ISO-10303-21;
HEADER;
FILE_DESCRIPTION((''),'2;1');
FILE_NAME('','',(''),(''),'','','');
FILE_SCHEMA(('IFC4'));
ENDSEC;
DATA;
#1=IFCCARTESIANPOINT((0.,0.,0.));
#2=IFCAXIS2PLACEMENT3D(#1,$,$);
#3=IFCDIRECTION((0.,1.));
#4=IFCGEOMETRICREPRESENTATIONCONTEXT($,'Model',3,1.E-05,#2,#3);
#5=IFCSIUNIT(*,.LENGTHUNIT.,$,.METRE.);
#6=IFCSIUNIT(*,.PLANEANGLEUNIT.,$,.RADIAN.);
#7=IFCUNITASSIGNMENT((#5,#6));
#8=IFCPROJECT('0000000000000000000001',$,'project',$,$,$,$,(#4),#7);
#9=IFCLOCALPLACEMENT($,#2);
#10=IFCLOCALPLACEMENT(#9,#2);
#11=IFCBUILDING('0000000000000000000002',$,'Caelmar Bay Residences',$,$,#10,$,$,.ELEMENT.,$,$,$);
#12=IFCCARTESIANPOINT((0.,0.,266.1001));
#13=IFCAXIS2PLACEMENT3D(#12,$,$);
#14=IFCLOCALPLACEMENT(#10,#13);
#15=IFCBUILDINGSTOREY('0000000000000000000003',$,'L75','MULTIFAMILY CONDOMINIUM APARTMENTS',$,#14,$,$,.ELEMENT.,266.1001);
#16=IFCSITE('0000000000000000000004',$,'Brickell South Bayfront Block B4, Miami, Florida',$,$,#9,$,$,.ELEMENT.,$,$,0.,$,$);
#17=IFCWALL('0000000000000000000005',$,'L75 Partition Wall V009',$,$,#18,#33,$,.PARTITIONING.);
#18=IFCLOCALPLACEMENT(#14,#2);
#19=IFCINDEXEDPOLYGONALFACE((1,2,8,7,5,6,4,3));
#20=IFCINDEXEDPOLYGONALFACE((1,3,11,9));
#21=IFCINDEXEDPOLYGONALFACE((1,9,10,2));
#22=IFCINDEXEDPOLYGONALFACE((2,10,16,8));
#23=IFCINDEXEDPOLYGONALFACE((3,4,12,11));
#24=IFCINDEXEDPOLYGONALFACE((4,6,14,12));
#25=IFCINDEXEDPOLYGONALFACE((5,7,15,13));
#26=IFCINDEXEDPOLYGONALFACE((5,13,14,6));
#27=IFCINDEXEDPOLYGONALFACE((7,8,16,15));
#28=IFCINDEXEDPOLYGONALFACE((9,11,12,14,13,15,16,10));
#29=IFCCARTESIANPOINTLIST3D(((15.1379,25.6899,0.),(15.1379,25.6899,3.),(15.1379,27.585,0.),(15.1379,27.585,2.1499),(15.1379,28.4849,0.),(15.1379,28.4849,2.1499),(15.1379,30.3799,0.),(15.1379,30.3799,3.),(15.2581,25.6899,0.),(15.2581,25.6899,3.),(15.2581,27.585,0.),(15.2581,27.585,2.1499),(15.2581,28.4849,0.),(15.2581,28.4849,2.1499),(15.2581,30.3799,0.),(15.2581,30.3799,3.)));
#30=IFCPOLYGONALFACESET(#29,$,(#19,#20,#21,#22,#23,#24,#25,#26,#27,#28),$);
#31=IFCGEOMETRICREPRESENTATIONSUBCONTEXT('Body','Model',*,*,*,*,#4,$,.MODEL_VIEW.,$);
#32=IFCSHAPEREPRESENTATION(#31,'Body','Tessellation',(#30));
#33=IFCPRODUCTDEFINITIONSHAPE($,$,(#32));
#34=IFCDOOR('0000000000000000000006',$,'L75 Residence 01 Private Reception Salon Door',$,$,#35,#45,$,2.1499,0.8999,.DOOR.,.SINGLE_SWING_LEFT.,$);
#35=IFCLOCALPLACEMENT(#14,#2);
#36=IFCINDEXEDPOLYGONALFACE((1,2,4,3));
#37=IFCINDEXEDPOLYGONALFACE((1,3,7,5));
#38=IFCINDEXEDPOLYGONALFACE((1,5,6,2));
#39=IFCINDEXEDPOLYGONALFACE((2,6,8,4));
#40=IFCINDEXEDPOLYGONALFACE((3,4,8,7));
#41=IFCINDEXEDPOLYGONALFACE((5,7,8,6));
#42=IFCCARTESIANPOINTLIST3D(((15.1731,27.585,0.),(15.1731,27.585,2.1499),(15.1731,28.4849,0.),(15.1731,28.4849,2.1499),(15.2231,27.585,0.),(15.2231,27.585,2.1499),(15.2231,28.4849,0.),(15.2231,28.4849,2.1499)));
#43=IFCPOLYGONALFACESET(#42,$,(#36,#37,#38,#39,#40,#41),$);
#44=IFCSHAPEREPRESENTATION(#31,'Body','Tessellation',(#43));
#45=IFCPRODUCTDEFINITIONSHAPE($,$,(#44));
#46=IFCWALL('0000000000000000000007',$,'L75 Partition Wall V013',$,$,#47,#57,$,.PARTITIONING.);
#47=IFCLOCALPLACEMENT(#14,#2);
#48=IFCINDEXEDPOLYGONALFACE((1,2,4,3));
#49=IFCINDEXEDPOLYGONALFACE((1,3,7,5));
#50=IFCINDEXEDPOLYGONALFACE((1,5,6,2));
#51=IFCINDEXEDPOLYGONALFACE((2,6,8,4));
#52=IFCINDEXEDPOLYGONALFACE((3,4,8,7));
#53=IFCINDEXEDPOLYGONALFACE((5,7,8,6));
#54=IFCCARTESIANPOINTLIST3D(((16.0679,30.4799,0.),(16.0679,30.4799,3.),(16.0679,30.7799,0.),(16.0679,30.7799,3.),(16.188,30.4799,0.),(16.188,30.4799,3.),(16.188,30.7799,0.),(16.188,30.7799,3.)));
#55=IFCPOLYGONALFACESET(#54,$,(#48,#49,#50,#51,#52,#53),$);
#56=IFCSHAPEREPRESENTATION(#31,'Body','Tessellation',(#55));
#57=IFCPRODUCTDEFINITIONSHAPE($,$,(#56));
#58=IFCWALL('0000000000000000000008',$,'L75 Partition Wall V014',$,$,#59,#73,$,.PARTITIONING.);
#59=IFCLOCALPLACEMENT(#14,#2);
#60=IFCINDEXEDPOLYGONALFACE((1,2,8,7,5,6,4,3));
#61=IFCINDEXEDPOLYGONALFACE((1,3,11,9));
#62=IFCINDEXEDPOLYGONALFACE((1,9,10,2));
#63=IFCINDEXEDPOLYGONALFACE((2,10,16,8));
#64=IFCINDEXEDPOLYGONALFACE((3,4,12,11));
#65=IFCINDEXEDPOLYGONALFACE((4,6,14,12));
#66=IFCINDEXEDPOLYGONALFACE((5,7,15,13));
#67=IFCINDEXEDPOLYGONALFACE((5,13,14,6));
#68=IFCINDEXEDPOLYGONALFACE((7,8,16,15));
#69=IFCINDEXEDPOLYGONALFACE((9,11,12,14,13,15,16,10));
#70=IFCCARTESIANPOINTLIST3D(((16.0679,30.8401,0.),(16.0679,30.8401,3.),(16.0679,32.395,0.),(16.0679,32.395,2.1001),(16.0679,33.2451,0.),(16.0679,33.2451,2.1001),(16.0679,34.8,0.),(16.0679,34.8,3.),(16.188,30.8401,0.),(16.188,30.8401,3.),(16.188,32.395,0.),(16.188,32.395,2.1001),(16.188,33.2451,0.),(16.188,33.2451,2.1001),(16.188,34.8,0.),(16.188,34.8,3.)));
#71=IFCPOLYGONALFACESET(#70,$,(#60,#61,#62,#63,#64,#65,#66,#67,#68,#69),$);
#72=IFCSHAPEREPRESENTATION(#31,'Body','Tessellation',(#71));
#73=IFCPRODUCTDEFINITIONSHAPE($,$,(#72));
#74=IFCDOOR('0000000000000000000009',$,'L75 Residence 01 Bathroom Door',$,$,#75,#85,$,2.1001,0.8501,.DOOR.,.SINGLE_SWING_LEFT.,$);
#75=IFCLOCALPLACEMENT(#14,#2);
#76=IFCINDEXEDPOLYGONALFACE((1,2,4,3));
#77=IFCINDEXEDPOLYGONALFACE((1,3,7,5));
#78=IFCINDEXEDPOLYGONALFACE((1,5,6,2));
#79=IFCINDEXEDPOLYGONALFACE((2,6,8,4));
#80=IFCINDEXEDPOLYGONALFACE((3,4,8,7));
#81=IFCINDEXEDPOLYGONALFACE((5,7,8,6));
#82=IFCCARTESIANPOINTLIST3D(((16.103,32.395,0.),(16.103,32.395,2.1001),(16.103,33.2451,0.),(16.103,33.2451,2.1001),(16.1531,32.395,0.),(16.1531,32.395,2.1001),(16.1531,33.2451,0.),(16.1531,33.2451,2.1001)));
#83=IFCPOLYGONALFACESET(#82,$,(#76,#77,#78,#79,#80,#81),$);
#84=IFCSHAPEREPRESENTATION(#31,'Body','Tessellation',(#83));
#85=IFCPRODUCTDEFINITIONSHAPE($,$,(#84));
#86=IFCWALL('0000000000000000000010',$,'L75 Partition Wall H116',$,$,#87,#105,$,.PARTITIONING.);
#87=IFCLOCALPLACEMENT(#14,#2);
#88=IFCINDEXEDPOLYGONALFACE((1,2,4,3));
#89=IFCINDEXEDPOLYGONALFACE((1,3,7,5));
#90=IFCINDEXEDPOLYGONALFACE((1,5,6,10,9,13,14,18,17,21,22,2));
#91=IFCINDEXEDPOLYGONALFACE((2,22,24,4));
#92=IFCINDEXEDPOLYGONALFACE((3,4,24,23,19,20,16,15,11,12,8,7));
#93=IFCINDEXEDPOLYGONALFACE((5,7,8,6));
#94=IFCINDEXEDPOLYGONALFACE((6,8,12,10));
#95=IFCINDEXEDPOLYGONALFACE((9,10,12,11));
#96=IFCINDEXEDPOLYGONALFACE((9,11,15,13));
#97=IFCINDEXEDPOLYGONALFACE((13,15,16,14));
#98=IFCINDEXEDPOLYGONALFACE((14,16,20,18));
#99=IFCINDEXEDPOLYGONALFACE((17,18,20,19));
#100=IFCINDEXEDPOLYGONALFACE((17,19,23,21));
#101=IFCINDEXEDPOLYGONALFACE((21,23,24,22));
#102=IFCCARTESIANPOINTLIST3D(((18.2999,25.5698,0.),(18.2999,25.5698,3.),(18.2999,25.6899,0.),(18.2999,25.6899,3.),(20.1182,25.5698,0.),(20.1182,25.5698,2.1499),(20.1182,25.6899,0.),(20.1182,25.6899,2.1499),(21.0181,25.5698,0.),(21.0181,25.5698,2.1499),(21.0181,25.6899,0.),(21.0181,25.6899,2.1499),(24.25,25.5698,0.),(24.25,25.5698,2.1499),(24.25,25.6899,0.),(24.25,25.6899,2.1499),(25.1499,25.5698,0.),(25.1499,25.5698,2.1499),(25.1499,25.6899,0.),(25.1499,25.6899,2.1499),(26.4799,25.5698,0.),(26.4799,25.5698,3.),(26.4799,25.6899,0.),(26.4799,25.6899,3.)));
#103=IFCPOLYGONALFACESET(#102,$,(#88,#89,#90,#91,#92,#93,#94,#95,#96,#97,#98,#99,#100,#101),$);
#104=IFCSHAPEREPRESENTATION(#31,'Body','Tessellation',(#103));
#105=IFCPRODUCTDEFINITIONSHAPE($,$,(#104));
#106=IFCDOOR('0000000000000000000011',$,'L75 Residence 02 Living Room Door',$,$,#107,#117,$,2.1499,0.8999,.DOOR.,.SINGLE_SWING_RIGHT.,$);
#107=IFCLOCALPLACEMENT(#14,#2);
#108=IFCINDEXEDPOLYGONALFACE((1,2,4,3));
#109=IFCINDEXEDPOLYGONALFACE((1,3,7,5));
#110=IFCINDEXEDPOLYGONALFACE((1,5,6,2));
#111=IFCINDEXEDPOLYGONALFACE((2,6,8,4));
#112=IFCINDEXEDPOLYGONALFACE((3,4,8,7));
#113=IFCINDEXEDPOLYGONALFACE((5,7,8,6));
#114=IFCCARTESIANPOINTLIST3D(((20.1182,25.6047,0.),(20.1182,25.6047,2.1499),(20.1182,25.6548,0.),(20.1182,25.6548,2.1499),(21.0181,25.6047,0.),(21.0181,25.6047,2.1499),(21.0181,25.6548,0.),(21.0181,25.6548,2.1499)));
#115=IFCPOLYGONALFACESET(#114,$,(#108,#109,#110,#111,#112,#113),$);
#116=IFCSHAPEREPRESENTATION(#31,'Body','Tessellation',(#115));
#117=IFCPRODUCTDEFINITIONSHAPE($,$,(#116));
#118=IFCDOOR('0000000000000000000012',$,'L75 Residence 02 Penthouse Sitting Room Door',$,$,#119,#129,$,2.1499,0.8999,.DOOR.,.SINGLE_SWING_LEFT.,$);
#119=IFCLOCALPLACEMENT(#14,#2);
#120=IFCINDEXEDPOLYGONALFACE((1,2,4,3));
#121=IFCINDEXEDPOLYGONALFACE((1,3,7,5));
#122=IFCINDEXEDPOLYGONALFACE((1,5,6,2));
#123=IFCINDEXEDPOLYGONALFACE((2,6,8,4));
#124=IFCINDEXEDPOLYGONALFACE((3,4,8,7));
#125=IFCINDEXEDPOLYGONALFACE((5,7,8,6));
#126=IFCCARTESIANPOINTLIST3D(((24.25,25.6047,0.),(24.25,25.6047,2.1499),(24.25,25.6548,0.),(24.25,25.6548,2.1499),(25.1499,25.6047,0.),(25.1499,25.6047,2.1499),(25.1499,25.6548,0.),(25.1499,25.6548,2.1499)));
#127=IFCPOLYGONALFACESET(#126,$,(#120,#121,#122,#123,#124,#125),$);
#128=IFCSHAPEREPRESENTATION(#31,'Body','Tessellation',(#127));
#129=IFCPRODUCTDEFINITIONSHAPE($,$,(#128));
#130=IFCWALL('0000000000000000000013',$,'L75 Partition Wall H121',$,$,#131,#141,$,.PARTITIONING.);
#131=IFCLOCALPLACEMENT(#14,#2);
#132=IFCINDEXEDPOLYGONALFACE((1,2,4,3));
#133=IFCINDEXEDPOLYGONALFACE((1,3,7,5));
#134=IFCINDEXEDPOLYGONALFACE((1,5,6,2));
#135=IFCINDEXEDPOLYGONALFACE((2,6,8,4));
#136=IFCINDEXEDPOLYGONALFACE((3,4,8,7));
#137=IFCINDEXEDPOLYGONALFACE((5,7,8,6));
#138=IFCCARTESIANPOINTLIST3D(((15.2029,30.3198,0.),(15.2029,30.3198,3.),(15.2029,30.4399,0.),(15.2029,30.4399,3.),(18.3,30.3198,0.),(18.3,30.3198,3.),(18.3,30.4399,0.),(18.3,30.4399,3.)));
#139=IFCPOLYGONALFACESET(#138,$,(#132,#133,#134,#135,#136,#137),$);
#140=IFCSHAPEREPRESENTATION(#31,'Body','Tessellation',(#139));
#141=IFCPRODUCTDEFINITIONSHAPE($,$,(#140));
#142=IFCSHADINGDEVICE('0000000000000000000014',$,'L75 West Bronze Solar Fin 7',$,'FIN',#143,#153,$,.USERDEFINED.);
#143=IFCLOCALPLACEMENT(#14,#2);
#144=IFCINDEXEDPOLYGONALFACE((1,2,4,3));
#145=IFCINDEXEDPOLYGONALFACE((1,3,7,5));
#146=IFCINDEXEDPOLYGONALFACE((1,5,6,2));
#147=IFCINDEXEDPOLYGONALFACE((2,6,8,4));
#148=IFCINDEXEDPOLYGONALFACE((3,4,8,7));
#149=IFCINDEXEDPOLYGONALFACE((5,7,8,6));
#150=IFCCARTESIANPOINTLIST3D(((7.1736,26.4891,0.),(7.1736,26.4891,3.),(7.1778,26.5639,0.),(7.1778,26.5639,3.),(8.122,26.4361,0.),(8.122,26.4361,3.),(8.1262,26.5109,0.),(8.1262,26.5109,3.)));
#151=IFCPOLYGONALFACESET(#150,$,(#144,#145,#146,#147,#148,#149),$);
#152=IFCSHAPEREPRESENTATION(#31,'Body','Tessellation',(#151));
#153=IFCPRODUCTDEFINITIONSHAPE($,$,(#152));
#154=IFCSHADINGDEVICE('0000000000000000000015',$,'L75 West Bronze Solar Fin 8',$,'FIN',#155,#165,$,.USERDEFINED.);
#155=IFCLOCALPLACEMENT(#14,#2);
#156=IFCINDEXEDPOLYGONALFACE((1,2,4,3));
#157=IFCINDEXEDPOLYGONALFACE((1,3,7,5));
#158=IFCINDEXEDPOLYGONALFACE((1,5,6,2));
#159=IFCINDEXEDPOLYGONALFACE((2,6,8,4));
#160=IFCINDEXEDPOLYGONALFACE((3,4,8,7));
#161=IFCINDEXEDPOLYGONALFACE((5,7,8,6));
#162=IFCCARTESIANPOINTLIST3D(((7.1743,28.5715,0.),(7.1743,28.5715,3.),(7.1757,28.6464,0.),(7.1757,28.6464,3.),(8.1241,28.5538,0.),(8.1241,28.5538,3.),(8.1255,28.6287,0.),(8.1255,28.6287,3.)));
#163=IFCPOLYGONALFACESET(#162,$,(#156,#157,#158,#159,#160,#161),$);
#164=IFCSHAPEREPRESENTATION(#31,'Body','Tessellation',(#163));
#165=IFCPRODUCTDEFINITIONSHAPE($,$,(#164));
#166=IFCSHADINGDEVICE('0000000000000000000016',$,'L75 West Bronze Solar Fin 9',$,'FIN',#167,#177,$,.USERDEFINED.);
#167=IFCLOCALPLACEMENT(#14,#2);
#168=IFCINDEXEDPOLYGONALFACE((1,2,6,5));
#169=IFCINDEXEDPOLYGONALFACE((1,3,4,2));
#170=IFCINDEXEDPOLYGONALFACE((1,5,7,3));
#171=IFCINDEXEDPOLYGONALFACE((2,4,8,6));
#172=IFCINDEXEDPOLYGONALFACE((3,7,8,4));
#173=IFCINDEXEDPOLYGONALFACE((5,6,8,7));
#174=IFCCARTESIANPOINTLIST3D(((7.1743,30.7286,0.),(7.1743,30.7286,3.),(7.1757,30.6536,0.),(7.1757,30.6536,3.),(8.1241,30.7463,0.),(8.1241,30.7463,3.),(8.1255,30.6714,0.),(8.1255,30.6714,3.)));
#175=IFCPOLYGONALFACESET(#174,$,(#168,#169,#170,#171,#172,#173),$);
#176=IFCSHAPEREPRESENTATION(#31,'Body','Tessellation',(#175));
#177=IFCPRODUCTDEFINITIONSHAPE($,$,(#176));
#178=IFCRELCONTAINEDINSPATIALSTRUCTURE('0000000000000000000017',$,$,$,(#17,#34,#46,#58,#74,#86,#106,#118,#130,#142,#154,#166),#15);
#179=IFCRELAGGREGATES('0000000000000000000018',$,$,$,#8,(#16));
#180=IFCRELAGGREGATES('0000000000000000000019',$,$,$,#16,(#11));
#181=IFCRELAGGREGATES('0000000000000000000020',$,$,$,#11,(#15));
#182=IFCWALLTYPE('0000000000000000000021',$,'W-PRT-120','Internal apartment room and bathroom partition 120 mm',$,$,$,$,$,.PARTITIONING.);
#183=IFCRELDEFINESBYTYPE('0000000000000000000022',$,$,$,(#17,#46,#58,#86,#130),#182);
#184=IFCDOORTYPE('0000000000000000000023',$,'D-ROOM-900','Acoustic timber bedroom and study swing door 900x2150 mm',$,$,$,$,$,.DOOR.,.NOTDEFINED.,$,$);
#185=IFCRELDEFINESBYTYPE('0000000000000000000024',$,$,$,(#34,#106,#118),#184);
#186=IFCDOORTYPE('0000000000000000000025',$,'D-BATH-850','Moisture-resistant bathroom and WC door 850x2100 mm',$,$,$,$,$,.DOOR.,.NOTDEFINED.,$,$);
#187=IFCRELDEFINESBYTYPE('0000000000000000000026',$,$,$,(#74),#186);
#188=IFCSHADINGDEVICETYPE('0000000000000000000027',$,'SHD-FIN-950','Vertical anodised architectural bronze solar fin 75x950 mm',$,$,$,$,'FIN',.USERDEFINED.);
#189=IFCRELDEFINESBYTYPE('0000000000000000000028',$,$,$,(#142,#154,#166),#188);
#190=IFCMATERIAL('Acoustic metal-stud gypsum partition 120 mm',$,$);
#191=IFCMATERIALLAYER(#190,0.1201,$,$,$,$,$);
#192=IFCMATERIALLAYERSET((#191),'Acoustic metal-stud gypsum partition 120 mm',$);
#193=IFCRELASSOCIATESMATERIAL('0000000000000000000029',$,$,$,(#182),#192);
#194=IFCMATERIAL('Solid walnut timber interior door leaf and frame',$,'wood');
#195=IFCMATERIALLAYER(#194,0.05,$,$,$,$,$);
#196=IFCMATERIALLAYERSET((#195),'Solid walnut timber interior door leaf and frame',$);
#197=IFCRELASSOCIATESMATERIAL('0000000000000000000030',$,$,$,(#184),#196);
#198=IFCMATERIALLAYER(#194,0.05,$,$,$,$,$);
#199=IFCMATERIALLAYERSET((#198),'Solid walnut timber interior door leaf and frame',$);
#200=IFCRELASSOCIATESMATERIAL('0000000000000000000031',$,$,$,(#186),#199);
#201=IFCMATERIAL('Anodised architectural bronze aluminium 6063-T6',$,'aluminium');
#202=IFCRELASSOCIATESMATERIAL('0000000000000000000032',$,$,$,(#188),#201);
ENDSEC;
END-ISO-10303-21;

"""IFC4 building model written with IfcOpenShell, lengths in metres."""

from ifc_helpers import new_model, si_unit, direction, frame, frame_2d, origin, origin_2d, place, context, subcontext, project, spatial, rectangle, extrude, material, layer, layer_set, material_profile, profile_set, type_object, element, fill, save


model = new_model("IFC4")

# Units and contexts
model_context = context("Model", 3, precision=1e-05, world=origin(), true_north=direction((0.0, 1.0)))
body_context = subcontext(model_context, "Body", "Model", "MODEL_VIEW")
ifc_project = project(units=[si_unit("LENGTHUNIT", "METRE"), si_unit("PLANEANGLEUNIT", "RADIAN")], contexts=[model_context])

# Site, building, storey
site_placement = place(None, origin())
site = spatial("IfcSite", under=ifc_project, at=site_placement, Name="Brickell South Bayfront Block B4, Miami, Florida", CompositionType="ELEMENT", RefElevation=0.0)
building_placement = place(site_placement, origin())
building = spatial("IfcBuilding", under=site, at=building_placement, Name="Caelmar Bay Residences", CompositionType="ELEMENT")
storey_placement = place(building_placement, frame((0.0, 0.0, 266.1001)))
storey = spatial("IfcBuildingStorey", under=building, at=storey_placement, Name="L75", Description="MULTIFAMILY CONDOMINIUM APARTMENTS", CompositionType="ELEMENT", Elevation=266.1001)

# Shared definitions
ifc_material_1 = material(Name="Acoustic metal-stud gypsum partition 120 mm")
ifc_layer_1 = layer(ifc_material_1, 0.1201)
ifc_layer_set_1 = layer_set([ifc_layer_1], Name="Acoustic metal-stud gypsum partition 120 mm")
wall_type_1 = type_object("IfcWallType", Name="W-PRT-120", Description="Internal apartment room and bathroom partition 120 mm", PredefinedType="PARTITIONING", material=ifc_layer_set_1)
ifc_material_2 = material(Name="Solid walnut timber interior door leaf and frame", Category="wood")
ifc_layer_2 = layer(ifc_material_2, 0.05)
ifc_layer_set_2 = layer_set([ifc_layer_2], Name="Solid walnut timber interior door leaf and frame")
door_type_1 = type_object("IfcDoorType", Name="D-ROOM-900", Description="Acoustic timber bedroom and study swing door 900x2150 mm", OperationType="NOTDEFINED", PredefinedType="DOOR", material=ifc_layer_set_2)

# Wall, opening, door
wall_1_placement = place(storey_placement, frame((15.198, 25.6899, 0.0), z_axis=(0.0, 0.0, 1.0), x_axis=(0.0, 1.0, 0.0)))
wall_1 = element("IfcWall", 1, at=wall_1_placement, inside=storey, type_object=wall_type_1, Name="L75 Partition Wall V009", PredefinedType="PARTITIONING", context=body_context, shape_type="SweptSolid", body=[
    extrude(rectangle(XDim=4.6899, YDim=0.1201, at=frame_2d((2.345, 0.0))), origin(), (0.0, 0.0, 1.0), 3.0),
])
opening_1_placement = place(wall_1_placement, frame((1.895, 0.0, 0.0)))
opening_1 = element("IfcOpeningElement", 2, at=opening_1_placement, cuts=wall_1, PredefinedType="OPENING", context=body_context, shape_type="SweptSolid", body=[
    extrude(rectangle(XDim=0.8999, YDim=2.1499, at=frame_2d((0.45, 1.075))), frame((0.0, 0.0701, 0.0), z_axis=(0.0, -1.0, 0.0), x_axis=(1.0, 0.0, 0.0)), (0.0, 0.0, 1.0), 0.1401),
])
door_1_placement = place(opening_1_placement, origin())
door_1 = element("IfcDoor", 3, at=door_1_placement, inside=storey, type_object=door_type_1, Name="L75 Residence 01 Private Reception Salon Door", OperationType="SINGLE_SWING_LEFT", OverallHeight=2.1499, OverallWidth=0.8999, PredefinedType="DOOR", context=body_context, shape_type="SweptSolid", body=[
    extrude(rectangle(XDim=0.8999, YDim=2.1499, at=frame_2d((0.45, 1.075))), frame((0.0, 0.0249, 0.0), z_axis=(0.0, -1.0, 0.0), x_axis=(1.0, 0.0, 0.0)), (0.0, 0.0, 1.0), 0.05),
])
fill(opening_1, door_1)

# Wall
wall_2_placement = place(storey_placement, frame((16.1279, 30.48, 0.0), z_axis=(0.0, 0.0, 1.0), x_axis=(0.0, 1.0, 0.0)))
element("IfcWall", 4, at=wall_2_placement, inside=storey, type_object=wall_type_1, Name="L75 Partition Wall V013", PredefinedType="PARTITIONING", context=body_context, shape_type="SweptSolid", body=[
    extrude(rectangle(XDim=0.3, YDim=0.1201, at=frame_2d((0.1499, 0.0))), origin(), (0.0, 0.0, 1.0), 3.0),
])

# Wall, opening, door
wall_3_placement = place(storey_placement, frame((16.1279, 30.8401, 0.0), z_axis=(0.0, 0.0, 1.0), x_axis=(0.0, 1.0, 0.0)))
wall_3 = element("IfcWall", 5, at=wall_3_placement, inside=storey, type_object=wall_type_1, Name="L75 Partition Wall V014", PredefinedType="PARTITIONING", context=body_context, shape_type="SweptSolid", body=[
    extrude(rectangle(XDim=3.96, YDim=0.1201, at=frame_2d((1.98, 0.0))), origin(), (0.0, 0.0, 1.0), 3.0),
])
opening_2_placement = place(wall_3_placement, frame((1.5549, 0.0, 0.0)))
opening_2 = element("IfcOpeningElement", 6, at=opening_2_placement, cuts=wall_3, PredefinedType="OPENING", context=body_context, shape_type="SweptSolid", body=[
    extrude(rectangle(XDim=0.8501, YDim=2.1001, at=frame_2d((0.425, 1.05))), frame((0.0, 0.0701, 0.0), z_axis=(0.0, -1.0, 0.0), x_axis=(1.0, 0.0, 0.0)), (0.0, 0.0, 1.0), 0.1401),
])
ifc_layer_3 = layer(ifc_material_2, 0.05)
ifc_layer_set_3 = layer_set([ifc_layer_3], Name="Solid walnut timber interior door leaf and frame")
door_type_2 = type_object("IfcDoorType", Name="D-BATH-850", Description="Moisture-resistant bathroom and WC door 850x2100 mm", OperationType="NOTDEFINED", PredefinedType="DOOR", material=ifc_layer_set_3)
door_2_placement = place(opening_2_placement, origin())
door_2 = element("IfcDoor", 7, at=door_2_placement, inside=storey, type_object=door_type_2, Name="L75 Residence 01 Bathroom Door", OperationType="SINGLE_SWING_LEFT", OverallHeight=2.1001, OverallWidth=0.8501, PredefinedType="DOOR", context=body_context, shape_type="SweptSolid", body=[
    extrude(rectangle(XDim=0.8501, YDim=2.1001, at=frame_2d((0.425, 1.05))), frame((0.0, 0.0249, 0.0), z_axis=(0.0, -1.0, 0.0), x_axis=(1.0, 0.0, 0.0)), (0.0, 0.0, 1.0), 0.05),
])
fill(opening_2, door_2)

# Wall, openings, doors
wall_4_placement = place(storey_placement, frame((18.3, 25.6299, 0.0), z_axis=(0.0, 0.0, 1.0), x_axis=(1.0, 0.0, 0.0)))
wall_4 = element("IfcWall", 8, at=wall_4_placement, inside=storey, type_object=wall_type_1, Name="L75 Partition Wall H116", PredefinedType="PARTITIONING", context=body_context, shape_type="SweptSolid", body=[
    extrude(rectangle(XDim=8.1799, YDim=0.1201, at=frame_2d((4.0898, 0.0))), origin(), (0.0, 0.0, 1.0), 3.0),
])
opening_3_placement = place(wall_4_placement, frame((1.8181, 0.0, 0.0)))
opening_3 = element("IfcOpeningElement", 9, at=opening_3_placement, cuts=wall_4, PredefinedType="OPENING", context=body_context, shape_type="SweptSolid", body=[
    extrude(rectangle(XDim=0.8999, YDim=2.1499, at=frame_2d((0.45, 1.075))), frame((0.0, 0.0701, 0.0), z_axis=(0.0, -1.0, 0.0), x_axis=(1.0, 0.0, 0.0)), (0.0, 0.0, 1.0), 0.1401),
])
opening_4_placement = place(wall_4_placement, frame((5.95, 0.0, 0.0)))
opening_4 = element("IfcOpeningElement", 10, at=opening_4_placement, cuts=wall_4, PredefinedType="OPENING", context=body_context, shape_type="SweptSolid", body=[
    extrude(rectangle(XDim=0.8999, YDim=2.1499, at=frame_2d((0.45, 1.075))), frame((0.0, 0.0701, 0.0), z_axis=(0.0, -1.0, 0.0), x_axis=(1.0, 0.0, 0.0)), (0.0, 0.0, 1.0), 0.1401),
])
door_3_placement = place(opening_3_placement, origin())
door_3 = element("IfcDoor", 11, at=door_3_placement, inside=storey, type_object=door_type_1, Name="L75 Residence 02 Living Room Door", OperationType="SINGLE_SWING_RIGHT", OverallHeight=2.1499, OverallWidth=0.8999, PredefinedType="DOOR", context=body_context, shape_type="SweptSolid", body=[
    extrude(rectangle(XDim=0.8999, YDim=2.1499, at=frame_2d((0.45, 1.075))), frame((0.0, 0.0249, 0.0), z_axis=(0.0, -1.0, 0.0), x_axis=(1.0, 0.0, 0.0)), (0.0, 0.0, 1.0), 0.05),
])
fill(opening_3, door_3)
door_4_placement = place(opening_4_placement, origin())
door_4 = element("IfcDoor", 12, at=door_4_placement, inside=storey, type_object=door_type_1, Name="L75 Residence 02 Penthouse Sitting Room Door", OperationType="SINGLE_SWING_LEFT", OverallHeight=2.1499, OverallWidth=0.8999, PredefinedType="DOOR", context=body_context, shape_type="SweptSolid", body=[
    extrude(rectangle(XDim=0.8999, YDim=2.1499, at=frame_2d((0.45, 1.075))), frame((0.0, 0.0249, 0.0), z_axis=(0.0, -1.0, 0.0), x_axis=(1.0, 0.0, 0.0)), (0.0, 0.0, 1.0), 0.05),
])
fill(opening_4, door_4)

# Wall
wall_5_placement = place(storey_placement, frame((15.2029, 30.3799, 0.0), z_axis=(0.0, 0.0, 1.0), x_axis=(1.0, 0.0, 0.0)))
element("IfcWall", 13, at=wall_5_placement, inside=storey, type_object=wall_type_1, Name="L75 Partition Wall H121", PredefinedType="PARTITIONING", context=body_context, shape_type="SweptSolid", body=[
    extrude(rectangle(XDim=3.0972, YDim=0.1201, at=frame_2d((1.5486, 0.0))), origin(), (0.0, 0.0, 1.0), 3.0),
])

# Shading devices
ifc_material_3 = material(Name="Anodised architectural bronze aluminium 6063-T6", Category="aluminium")
ifc_material_profile_1 = material_profile(ifc_material_3, rectangle(XDim=0.075, YDim=0.95, at=origin_2d()), Name="BRONZE-FIN-75X950")
ifc_profile_set_1 = profile_set([ifc_material_profile_1], Name="Anodised architectural bronze aluminium 6063-T6")
shading_device_type = type_object("IfcShadingDeviceType", Name="SHD-FIN-950", Description="Vertical anodised architectural bronze solar fin 75x950 mm", ElementType="FIN", PredefinedType="USERDEFINED", material=ifc_profile_set_1)
for number, where, z_axis, x_axis, name in (
    (14, (7.6499, 26.5, 0.0), (0.0, 0.0, 1.0), (0.055822, 0.998441, 0.0), "L75 West Bronze Solar Fin 7"),
    (15, (7.6499, 28.6001, 0.0), (0.0, 0.0, 1.0), (0.018674, 0.999826, 0.0), "L75 West Bronze Solar Fin 8"),
    (16, (7.6499, 30.7, 0.0), (0.0, 0.0, 1.0), (-0.018674, 0.999826, 0.0), "L75 West Bronze Solar Fin 9"),
):
    element("IfcShadingDevice", number, at=place(storey_placement, frame(where, z_axis=z_axis, x_axis=x_axis)), inside=storey, type_object=shading_device_type, Name=name, ObjectType="FIN", PredefinedType="USERDEFINED", context=body_context, shape_type="SweptSolid", body=[
        extrude(rectangle(XDim=0.075, YDim=0.95, at=origin_2d()), origin(), (0.0, 0.0, 1.0), 3.0),
    ])

save(model, "model.ifc")
